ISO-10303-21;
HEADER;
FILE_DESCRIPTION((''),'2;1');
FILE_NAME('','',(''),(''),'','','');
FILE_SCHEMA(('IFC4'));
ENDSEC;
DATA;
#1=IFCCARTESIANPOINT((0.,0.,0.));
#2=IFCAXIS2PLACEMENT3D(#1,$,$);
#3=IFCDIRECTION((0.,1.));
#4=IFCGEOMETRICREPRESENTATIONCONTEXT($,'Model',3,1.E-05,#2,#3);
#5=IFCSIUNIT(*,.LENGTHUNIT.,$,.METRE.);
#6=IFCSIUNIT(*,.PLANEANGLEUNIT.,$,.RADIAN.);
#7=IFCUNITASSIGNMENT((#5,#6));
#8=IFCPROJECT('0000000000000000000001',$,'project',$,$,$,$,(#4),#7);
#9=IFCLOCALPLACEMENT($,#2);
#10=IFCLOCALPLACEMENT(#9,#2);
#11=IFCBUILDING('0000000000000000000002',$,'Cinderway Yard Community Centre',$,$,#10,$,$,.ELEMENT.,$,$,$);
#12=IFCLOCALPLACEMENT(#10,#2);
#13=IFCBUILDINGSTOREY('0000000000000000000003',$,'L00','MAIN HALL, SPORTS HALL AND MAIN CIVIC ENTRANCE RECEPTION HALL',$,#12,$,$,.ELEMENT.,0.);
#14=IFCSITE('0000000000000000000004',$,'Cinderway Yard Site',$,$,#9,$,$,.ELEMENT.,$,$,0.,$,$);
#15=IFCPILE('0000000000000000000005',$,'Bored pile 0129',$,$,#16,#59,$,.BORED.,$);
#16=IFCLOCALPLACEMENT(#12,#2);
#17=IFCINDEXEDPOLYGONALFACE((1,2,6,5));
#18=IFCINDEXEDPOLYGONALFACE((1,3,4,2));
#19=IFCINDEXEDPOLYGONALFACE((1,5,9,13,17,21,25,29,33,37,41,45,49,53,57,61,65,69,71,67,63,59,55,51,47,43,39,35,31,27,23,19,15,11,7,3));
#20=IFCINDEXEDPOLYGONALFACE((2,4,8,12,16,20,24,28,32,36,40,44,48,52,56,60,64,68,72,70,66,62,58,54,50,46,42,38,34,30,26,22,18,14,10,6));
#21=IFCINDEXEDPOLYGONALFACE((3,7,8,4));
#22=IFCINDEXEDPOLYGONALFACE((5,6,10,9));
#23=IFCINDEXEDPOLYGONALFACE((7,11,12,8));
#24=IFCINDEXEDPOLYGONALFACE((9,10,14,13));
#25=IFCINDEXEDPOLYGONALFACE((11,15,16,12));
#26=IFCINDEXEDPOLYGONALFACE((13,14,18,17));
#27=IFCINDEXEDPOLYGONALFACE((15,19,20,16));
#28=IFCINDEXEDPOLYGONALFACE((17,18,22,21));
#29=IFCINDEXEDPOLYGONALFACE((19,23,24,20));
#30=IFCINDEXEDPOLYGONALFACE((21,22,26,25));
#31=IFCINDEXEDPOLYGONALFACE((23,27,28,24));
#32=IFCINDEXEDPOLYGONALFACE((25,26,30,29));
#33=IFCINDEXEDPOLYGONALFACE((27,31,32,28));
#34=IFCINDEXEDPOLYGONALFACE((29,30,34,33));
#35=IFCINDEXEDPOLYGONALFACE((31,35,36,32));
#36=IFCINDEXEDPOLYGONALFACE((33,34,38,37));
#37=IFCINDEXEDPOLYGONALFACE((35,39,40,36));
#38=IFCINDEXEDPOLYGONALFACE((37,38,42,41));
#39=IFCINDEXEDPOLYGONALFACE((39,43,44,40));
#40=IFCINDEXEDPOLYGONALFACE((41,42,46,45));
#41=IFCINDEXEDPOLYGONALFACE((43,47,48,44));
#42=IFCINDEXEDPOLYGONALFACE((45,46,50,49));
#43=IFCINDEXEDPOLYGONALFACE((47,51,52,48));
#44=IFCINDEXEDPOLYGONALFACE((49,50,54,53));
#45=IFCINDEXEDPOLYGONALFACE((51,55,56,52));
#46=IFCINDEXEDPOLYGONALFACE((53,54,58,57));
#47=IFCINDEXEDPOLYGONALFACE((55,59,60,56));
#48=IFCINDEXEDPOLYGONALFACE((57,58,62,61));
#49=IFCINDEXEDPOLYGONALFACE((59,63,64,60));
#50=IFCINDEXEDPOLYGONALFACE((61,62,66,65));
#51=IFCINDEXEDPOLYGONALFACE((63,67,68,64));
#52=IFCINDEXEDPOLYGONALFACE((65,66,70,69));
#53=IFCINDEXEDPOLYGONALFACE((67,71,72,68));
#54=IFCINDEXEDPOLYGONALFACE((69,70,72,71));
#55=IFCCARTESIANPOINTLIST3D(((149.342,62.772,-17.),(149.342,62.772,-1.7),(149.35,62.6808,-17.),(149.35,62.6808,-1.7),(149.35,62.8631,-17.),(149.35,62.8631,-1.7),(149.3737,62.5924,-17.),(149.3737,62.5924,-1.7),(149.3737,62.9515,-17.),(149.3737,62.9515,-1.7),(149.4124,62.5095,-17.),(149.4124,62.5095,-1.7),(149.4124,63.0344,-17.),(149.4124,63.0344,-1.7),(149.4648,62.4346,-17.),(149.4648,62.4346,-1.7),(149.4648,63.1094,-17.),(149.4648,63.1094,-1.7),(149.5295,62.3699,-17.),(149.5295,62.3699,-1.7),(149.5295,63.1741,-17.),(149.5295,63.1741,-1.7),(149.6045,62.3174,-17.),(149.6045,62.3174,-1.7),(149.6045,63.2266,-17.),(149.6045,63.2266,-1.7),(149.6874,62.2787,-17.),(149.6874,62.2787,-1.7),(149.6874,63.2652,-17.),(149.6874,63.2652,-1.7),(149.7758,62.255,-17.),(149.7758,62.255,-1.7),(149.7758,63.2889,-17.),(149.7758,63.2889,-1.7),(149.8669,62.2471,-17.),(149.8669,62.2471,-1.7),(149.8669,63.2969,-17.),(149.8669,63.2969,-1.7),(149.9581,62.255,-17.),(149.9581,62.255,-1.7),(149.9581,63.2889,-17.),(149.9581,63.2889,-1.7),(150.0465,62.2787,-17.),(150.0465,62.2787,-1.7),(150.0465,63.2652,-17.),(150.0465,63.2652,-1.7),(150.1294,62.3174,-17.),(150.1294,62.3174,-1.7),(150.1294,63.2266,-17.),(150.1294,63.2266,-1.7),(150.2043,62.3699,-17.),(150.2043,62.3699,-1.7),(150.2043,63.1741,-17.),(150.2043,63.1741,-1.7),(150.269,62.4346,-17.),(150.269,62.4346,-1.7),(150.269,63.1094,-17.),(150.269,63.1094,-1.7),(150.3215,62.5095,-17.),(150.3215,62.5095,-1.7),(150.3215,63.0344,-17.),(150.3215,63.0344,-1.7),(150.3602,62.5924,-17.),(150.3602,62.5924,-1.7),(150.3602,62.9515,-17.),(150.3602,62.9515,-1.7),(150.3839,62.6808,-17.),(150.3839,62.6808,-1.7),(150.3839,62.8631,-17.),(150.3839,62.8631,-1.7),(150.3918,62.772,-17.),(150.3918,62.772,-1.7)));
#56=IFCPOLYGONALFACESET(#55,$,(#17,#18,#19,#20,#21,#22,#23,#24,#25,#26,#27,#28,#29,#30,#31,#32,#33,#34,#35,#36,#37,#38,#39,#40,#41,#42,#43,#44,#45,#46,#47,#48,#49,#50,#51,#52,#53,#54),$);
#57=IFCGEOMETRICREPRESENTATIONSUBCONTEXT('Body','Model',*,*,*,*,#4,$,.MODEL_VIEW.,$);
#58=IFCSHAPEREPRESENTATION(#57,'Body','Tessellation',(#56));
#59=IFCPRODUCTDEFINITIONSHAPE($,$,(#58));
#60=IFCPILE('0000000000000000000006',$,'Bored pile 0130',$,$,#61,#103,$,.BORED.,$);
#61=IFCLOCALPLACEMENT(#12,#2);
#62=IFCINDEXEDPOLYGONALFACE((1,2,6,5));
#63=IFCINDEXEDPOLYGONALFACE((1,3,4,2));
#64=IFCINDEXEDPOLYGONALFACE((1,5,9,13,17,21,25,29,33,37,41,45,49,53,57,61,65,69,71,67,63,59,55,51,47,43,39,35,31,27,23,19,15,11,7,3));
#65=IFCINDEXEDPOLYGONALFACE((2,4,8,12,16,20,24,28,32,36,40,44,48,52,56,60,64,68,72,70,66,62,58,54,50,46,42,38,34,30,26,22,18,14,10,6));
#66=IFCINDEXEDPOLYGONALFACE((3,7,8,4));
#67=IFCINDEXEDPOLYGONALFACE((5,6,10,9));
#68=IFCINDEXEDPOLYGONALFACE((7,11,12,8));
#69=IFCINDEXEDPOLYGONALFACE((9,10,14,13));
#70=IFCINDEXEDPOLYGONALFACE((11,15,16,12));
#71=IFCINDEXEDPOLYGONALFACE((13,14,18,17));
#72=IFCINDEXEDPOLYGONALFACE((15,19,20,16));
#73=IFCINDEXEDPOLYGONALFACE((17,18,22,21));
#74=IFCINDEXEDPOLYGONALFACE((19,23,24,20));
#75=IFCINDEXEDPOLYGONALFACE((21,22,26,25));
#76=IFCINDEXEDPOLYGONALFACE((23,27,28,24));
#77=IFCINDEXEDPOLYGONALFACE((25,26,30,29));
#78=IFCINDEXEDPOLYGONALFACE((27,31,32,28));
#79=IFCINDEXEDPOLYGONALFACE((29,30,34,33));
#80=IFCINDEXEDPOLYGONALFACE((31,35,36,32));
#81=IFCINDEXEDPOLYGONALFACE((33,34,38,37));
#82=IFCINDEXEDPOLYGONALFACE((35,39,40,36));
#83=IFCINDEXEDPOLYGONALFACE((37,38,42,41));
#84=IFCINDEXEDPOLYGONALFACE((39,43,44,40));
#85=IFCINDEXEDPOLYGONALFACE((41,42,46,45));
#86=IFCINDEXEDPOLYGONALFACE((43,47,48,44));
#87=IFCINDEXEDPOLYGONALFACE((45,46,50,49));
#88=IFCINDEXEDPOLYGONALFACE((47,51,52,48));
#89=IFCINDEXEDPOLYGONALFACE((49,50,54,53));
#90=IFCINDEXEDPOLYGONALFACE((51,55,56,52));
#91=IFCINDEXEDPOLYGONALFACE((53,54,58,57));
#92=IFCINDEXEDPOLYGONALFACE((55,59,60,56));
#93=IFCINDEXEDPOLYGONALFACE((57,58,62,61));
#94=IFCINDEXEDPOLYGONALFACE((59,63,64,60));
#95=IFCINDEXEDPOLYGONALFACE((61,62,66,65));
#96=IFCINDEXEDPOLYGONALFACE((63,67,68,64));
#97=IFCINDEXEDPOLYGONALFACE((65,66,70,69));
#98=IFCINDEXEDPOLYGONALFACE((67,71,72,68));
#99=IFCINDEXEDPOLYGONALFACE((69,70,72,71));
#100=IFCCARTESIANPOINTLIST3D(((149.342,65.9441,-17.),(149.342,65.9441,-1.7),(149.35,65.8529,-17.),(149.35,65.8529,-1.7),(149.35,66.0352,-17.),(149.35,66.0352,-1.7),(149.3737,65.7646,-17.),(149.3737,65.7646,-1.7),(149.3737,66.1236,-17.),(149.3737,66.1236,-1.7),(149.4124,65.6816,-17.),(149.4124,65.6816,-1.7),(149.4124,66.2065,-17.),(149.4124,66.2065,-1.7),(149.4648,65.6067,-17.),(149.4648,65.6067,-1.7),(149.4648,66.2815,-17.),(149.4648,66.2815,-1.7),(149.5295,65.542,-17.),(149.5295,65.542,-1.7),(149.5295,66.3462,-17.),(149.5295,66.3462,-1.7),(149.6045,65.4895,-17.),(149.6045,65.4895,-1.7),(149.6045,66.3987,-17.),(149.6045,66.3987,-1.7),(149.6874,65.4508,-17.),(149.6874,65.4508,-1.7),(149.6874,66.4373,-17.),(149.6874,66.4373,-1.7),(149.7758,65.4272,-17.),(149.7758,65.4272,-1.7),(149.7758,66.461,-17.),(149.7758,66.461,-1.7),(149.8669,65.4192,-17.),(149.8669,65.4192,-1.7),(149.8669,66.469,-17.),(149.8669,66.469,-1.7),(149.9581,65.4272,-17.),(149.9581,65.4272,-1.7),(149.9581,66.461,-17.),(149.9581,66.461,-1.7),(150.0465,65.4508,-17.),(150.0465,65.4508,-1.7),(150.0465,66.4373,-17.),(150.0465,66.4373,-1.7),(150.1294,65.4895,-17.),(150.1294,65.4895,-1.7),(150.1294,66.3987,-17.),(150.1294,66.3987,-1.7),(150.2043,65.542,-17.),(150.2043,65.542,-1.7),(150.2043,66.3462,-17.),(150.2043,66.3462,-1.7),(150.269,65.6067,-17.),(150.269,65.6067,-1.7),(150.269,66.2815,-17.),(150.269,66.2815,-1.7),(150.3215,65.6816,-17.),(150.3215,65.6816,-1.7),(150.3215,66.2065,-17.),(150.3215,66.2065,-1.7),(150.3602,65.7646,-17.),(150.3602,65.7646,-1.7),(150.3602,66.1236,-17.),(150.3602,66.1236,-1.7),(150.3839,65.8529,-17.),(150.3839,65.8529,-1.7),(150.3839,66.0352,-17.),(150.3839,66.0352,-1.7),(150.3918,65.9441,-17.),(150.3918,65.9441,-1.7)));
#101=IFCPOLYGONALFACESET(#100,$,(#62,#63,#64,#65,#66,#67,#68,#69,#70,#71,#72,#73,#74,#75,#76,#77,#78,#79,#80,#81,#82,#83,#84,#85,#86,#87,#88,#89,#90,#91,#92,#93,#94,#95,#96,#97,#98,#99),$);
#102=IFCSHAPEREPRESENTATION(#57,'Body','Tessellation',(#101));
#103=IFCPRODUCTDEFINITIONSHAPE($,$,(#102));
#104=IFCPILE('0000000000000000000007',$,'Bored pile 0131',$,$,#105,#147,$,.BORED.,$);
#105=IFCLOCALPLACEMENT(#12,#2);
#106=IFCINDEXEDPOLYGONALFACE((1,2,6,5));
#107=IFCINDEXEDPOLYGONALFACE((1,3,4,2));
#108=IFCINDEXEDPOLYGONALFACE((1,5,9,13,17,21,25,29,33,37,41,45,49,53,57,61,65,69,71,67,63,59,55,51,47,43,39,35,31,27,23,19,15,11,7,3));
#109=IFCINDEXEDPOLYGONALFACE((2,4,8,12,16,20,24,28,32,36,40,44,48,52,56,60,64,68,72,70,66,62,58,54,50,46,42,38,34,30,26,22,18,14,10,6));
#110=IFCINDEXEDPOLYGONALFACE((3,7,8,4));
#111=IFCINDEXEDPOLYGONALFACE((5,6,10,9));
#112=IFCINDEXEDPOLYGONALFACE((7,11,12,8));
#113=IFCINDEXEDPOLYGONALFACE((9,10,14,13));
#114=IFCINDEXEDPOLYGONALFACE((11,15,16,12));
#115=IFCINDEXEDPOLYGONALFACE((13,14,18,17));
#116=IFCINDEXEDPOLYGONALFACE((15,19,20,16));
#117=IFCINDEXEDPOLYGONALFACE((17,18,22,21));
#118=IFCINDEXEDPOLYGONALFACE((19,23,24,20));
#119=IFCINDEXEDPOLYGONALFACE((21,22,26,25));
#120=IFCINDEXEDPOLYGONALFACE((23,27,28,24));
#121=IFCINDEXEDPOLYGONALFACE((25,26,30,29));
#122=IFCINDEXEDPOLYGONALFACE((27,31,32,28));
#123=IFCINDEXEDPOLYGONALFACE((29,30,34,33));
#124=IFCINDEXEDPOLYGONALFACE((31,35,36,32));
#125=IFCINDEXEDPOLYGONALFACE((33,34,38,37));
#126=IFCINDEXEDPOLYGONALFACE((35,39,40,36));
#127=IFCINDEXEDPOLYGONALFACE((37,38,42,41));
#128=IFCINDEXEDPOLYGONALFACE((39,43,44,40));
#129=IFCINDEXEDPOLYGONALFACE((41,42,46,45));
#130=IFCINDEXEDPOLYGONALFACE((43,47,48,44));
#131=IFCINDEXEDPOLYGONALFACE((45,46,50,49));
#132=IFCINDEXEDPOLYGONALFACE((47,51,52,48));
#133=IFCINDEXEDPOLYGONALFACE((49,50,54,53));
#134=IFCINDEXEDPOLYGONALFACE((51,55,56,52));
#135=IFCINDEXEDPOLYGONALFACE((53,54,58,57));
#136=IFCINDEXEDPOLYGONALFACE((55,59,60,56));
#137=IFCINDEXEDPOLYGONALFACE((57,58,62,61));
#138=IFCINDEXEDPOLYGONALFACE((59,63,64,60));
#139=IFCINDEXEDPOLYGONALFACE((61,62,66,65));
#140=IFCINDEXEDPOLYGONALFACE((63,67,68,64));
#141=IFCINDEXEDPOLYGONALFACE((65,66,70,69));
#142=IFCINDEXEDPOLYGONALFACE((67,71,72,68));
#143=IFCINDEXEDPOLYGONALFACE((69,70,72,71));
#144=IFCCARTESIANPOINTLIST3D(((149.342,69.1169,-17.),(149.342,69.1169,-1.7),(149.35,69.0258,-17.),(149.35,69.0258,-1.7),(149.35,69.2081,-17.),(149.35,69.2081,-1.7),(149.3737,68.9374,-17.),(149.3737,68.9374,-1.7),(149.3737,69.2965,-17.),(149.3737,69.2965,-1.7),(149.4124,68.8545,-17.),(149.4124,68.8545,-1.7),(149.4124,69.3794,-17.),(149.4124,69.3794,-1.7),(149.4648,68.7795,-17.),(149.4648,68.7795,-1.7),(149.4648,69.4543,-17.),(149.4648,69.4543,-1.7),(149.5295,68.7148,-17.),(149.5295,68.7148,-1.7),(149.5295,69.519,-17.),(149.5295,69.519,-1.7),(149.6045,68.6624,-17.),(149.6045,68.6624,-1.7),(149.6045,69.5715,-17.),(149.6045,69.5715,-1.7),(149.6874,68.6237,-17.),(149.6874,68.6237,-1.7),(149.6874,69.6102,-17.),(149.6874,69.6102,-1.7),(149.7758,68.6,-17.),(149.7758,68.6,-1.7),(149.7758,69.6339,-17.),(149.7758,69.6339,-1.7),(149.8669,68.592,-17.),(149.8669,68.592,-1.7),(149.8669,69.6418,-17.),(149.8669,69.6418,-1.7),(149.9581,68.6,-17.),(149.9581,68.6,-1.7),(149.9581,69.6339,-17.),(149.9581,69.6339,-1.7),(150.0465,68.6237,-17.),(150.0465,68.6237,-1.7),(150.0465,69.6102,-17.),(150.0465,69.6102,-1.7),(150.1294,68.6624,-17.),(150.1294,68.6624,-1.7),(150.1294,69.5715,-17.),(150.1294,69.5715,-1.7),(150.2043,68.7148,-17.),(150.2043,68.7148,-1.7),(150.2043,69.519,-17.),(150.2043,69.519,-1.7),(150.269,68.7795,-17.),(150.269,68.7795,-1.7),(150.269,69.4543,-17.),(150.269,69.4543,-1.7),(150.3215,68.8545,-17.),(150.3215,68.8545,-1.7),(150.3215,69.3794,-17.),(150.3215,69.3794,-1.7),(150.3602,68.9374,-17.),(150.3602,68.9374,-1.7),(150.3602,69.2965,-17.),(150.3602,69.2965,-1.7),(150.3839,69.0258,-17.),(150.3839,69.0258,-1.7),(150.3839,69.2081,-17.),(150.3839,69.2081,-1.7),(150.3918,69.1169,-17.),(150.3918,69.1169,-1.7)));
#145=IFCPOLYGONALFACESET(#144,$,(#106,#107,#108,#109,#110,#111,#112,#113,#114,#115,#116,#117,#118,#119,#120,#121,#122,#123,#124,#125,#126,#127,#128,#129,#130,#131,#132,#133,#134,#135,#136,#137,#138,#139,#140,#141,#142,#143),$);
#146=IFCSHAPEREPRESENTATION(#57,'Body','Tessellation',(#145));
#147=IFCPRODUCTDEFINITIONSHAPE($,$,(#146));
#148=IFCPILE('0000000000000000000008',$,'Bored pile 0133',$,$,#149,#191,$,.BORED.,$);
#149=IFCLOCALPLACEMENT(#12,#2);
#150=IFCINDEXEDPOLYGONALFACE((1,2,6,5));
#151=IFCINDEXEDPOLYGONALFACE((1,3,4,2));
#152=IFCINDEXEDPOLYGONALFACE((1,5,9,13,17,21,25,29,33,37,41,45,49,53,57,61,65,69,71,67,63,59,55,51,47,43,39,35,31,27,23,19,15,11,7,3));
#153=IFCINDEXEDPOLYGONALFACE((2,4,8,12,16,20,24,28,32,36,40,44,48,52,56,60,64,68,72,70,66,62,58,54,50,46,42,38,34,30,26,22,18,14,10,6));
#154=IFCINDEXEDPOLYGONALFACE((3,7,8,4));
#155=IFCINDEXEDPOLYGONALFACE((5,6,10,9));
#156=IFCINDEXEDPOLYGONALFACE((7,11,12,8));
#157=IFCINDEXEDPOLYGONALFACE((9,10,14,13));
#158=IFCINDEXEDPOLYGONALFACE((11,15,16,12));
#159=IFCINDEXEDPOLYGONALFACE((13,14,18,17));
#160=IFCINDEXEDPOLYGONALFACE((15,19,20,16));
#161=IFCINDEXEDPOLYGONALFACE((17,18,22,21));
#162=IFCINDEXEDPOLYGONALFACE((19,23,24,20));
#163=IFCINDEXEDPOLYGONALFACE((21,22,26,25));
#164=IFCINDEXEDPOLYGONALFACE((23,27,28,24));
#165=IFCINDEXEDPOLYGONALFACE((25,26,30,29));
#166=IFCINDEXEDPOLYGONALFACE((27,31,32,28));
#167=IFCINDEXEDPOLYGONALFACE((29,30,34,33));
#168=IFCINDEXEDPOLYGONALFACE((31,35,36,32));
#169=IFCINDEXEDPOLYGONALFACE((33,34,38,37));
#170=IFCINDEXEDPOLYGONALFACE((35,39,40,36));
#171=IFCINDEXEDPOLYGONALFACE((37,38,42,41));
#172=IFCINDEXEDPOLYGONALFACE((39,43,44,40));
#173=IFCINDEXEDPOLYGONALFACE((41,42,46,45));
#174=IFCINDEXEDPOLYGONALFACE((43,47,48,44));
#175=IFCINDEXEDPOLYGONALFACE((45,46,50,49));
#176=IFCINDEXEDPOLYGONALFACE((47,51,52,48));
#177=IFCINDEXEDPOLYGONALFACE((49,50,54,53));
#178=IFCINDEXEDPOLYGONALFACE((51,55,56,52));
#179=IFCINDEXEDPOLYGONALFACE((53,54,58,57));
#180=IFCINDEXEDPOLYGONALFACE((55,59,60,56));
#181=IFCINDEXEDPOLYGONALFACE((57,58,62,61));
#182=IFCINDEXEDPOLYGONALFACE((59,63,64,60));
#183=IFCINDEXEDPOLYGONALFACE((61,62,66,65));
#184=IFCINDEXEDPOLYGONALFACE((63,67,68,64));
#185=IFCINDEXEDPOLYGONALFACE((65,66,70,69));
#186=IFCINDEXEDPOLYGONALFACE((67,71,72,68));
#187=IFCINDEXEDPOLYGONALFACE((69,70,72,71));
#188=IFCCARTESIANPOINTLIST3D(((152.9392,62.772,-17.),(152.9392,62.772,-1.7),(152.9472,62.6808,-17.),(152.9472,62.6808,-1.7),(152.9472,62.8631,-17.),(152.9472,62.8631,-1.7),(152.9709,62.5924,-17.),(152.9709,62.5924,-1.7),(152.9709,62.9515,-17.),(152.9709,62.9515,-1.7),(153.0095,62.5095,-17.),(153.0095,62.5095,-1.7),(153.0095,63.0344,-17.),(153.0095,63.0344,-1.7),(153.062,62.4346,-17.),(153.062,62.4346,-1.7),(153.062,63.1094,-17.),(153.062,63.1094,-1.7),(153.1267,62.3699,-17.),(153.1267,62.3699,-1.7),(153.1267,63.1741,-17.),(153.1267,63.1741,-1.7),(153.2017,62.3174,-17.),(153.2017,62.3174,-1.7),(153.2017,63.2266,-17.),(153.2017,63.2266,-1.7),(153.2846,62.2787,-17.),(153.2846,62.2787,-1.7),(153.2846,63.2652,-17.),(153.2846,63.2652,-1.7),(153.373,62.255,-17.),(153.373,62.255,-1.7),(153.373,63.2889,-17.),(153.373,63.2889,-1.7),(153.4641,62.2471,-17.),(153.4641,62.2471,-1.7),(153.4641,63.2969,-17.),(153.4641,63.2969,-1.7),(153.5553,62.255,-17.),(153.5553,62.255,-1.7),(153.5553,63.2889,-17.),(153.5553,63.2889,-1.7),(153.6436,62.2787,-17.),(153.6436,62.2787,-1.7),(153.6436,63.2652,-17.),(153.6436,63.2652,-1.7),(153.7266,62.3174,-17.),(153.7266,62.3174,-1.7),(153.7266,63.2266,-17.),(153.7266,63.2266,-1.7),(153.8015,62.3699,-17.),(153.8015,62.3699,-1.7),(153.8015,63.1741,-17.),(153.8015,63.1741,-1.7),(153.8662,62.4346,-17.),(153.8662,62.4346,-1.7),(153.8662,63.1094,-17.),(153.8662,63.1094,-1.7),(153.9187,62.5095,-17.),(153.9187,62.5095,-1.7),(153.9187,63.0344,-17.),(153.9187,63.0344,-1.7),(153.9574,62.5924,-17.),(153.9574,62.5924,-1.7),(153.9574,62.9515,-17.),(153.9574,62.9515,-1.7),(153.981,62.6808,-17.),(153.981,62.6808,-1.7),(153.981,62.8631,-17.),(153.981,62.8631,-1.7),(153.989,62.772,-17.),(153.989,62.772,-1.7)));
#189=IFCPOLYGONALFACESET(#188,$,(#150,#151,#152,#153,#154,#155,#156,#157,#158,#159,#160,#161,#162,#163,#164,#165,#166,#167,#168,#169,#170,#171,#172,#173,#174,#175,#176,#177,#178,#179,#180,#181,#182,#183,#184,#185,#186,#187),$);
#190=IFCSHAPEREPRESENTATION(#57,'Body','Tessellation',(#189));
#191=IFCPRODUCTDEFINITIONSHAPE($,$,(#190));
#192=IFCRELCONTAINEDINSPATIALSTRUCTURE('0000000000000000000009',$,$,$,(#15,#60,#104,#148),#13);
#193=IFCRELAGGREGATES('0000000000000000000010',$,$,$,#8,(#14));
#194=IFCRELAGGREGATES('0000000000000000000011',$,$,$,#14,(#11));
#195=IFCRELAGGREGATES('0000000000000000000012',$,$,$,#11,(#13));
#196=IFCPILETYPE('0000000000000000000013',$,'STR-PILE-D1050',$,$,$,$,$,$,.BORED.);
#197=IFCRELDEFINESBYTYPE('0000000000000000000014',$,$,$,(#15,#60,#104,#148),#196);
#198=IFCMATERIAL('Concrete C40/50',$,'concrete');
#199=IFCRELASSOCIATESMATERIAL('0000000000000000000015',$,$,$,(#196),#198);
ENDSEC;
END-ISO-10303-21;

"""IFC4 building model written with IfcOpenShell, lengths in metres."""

from ifc_helpers import new_model, si_unit, direction, frame, origin, origin_2d, place, context, subcontext, project, spatial, circle, extrude, material, material_profile, profile_set, type_object, element, save


model = new_model("IFC4")

# Units and contexts
model_context = context("Model", 3, precision=1e-05, world=origin(), true_north=direction((0.0, 1.0)))
body_context = subcontext(model_context, "Body", "Model", "MODEL_VIEW")
ifc_project = project(units=[si_unit("LENGTHUNIT", "METRE"), si_unit("PLANEANGLEUNIT", "RADIAN")], contexts=[model_context])

# Site, building, storey
site_placement = place(None, origin())
site = spatial("IfcSite", under=ifc_project, at=site_placement, Name="Cinderway Yard Site", CompositionType="ELEMENT", RefElevation=0.0)
building_placement = place(site_placement, origin())
building = spatial("IfcBuilding", under=site, at=building_placement, Name="Cinderway Yard Community Centre", CompositionType="ELEMENT")
storey_placement = place(building_placement, origin())
storey = spatial("IfcBuildingStorey", under=building, at=storey_placement, Name="L00", Description="MAIN HALL, SPORTS HALL AND MAIN CIVIC ENTRANCE RECEPTION HALL", CompositionType="ELEMENT", Elevation=0.0)

# Shared definitions
ifc_material_1 = material(Name="Concrete C40/50", Category="concrete")

# Piles
ifc_material_profile_1 = material_profile(ifc_material_1, circle(Radius=0.5249, at=origin_2d()), Name="Concrete C40/50")
ifc_profile_set_1 = profile_set([ifc_material_profile_1], Name="Concrete C40/50")
pile_type = type_object("IfcPileType", Name="STR-PILE-D1050", PredefinedType="BORED", material=ifc_profile_set_1)
for number, where, z_axis, x_axis, name in (
    (1, (149.8669, 62.772, -1.7), (0.0, 0.0, -1.0), (1.0, 0.0, 0.0), "Bored pile 0129"),
    (2, (149.8669, 65.9441, -1.7), (0.0, 0.0, -1.0), (1.0, 0.0, 0.0), "Bored pile 0130"),
    (3, (149.8669, 69.1169, -1.7), (0.0, 0.0, -1.0), (1.0, 0.0, 0.0), "Bored pile 0131"),
    (4, (153.4641, 62.772, -1.7), (0.0, 0.0, -1.0), (1.0, 0.0, 0.0), "Bored pile 0133"),
):
    element("IfcPile", number, at=place(storey_placement, frame(where, z_axis=z_axis, x_axis=x_axis)), inside=storey, type_object=pile_type, Name=name, PredefinedType="BORED", context=body_context, shape_type="SweptSolid", body=[
        extrude(circle(Radius=0.5249, at=origin_2d()), origin(), (0.0, 0.0, 1.0), 15.3),
    ])

save(model, "model.ifc")
